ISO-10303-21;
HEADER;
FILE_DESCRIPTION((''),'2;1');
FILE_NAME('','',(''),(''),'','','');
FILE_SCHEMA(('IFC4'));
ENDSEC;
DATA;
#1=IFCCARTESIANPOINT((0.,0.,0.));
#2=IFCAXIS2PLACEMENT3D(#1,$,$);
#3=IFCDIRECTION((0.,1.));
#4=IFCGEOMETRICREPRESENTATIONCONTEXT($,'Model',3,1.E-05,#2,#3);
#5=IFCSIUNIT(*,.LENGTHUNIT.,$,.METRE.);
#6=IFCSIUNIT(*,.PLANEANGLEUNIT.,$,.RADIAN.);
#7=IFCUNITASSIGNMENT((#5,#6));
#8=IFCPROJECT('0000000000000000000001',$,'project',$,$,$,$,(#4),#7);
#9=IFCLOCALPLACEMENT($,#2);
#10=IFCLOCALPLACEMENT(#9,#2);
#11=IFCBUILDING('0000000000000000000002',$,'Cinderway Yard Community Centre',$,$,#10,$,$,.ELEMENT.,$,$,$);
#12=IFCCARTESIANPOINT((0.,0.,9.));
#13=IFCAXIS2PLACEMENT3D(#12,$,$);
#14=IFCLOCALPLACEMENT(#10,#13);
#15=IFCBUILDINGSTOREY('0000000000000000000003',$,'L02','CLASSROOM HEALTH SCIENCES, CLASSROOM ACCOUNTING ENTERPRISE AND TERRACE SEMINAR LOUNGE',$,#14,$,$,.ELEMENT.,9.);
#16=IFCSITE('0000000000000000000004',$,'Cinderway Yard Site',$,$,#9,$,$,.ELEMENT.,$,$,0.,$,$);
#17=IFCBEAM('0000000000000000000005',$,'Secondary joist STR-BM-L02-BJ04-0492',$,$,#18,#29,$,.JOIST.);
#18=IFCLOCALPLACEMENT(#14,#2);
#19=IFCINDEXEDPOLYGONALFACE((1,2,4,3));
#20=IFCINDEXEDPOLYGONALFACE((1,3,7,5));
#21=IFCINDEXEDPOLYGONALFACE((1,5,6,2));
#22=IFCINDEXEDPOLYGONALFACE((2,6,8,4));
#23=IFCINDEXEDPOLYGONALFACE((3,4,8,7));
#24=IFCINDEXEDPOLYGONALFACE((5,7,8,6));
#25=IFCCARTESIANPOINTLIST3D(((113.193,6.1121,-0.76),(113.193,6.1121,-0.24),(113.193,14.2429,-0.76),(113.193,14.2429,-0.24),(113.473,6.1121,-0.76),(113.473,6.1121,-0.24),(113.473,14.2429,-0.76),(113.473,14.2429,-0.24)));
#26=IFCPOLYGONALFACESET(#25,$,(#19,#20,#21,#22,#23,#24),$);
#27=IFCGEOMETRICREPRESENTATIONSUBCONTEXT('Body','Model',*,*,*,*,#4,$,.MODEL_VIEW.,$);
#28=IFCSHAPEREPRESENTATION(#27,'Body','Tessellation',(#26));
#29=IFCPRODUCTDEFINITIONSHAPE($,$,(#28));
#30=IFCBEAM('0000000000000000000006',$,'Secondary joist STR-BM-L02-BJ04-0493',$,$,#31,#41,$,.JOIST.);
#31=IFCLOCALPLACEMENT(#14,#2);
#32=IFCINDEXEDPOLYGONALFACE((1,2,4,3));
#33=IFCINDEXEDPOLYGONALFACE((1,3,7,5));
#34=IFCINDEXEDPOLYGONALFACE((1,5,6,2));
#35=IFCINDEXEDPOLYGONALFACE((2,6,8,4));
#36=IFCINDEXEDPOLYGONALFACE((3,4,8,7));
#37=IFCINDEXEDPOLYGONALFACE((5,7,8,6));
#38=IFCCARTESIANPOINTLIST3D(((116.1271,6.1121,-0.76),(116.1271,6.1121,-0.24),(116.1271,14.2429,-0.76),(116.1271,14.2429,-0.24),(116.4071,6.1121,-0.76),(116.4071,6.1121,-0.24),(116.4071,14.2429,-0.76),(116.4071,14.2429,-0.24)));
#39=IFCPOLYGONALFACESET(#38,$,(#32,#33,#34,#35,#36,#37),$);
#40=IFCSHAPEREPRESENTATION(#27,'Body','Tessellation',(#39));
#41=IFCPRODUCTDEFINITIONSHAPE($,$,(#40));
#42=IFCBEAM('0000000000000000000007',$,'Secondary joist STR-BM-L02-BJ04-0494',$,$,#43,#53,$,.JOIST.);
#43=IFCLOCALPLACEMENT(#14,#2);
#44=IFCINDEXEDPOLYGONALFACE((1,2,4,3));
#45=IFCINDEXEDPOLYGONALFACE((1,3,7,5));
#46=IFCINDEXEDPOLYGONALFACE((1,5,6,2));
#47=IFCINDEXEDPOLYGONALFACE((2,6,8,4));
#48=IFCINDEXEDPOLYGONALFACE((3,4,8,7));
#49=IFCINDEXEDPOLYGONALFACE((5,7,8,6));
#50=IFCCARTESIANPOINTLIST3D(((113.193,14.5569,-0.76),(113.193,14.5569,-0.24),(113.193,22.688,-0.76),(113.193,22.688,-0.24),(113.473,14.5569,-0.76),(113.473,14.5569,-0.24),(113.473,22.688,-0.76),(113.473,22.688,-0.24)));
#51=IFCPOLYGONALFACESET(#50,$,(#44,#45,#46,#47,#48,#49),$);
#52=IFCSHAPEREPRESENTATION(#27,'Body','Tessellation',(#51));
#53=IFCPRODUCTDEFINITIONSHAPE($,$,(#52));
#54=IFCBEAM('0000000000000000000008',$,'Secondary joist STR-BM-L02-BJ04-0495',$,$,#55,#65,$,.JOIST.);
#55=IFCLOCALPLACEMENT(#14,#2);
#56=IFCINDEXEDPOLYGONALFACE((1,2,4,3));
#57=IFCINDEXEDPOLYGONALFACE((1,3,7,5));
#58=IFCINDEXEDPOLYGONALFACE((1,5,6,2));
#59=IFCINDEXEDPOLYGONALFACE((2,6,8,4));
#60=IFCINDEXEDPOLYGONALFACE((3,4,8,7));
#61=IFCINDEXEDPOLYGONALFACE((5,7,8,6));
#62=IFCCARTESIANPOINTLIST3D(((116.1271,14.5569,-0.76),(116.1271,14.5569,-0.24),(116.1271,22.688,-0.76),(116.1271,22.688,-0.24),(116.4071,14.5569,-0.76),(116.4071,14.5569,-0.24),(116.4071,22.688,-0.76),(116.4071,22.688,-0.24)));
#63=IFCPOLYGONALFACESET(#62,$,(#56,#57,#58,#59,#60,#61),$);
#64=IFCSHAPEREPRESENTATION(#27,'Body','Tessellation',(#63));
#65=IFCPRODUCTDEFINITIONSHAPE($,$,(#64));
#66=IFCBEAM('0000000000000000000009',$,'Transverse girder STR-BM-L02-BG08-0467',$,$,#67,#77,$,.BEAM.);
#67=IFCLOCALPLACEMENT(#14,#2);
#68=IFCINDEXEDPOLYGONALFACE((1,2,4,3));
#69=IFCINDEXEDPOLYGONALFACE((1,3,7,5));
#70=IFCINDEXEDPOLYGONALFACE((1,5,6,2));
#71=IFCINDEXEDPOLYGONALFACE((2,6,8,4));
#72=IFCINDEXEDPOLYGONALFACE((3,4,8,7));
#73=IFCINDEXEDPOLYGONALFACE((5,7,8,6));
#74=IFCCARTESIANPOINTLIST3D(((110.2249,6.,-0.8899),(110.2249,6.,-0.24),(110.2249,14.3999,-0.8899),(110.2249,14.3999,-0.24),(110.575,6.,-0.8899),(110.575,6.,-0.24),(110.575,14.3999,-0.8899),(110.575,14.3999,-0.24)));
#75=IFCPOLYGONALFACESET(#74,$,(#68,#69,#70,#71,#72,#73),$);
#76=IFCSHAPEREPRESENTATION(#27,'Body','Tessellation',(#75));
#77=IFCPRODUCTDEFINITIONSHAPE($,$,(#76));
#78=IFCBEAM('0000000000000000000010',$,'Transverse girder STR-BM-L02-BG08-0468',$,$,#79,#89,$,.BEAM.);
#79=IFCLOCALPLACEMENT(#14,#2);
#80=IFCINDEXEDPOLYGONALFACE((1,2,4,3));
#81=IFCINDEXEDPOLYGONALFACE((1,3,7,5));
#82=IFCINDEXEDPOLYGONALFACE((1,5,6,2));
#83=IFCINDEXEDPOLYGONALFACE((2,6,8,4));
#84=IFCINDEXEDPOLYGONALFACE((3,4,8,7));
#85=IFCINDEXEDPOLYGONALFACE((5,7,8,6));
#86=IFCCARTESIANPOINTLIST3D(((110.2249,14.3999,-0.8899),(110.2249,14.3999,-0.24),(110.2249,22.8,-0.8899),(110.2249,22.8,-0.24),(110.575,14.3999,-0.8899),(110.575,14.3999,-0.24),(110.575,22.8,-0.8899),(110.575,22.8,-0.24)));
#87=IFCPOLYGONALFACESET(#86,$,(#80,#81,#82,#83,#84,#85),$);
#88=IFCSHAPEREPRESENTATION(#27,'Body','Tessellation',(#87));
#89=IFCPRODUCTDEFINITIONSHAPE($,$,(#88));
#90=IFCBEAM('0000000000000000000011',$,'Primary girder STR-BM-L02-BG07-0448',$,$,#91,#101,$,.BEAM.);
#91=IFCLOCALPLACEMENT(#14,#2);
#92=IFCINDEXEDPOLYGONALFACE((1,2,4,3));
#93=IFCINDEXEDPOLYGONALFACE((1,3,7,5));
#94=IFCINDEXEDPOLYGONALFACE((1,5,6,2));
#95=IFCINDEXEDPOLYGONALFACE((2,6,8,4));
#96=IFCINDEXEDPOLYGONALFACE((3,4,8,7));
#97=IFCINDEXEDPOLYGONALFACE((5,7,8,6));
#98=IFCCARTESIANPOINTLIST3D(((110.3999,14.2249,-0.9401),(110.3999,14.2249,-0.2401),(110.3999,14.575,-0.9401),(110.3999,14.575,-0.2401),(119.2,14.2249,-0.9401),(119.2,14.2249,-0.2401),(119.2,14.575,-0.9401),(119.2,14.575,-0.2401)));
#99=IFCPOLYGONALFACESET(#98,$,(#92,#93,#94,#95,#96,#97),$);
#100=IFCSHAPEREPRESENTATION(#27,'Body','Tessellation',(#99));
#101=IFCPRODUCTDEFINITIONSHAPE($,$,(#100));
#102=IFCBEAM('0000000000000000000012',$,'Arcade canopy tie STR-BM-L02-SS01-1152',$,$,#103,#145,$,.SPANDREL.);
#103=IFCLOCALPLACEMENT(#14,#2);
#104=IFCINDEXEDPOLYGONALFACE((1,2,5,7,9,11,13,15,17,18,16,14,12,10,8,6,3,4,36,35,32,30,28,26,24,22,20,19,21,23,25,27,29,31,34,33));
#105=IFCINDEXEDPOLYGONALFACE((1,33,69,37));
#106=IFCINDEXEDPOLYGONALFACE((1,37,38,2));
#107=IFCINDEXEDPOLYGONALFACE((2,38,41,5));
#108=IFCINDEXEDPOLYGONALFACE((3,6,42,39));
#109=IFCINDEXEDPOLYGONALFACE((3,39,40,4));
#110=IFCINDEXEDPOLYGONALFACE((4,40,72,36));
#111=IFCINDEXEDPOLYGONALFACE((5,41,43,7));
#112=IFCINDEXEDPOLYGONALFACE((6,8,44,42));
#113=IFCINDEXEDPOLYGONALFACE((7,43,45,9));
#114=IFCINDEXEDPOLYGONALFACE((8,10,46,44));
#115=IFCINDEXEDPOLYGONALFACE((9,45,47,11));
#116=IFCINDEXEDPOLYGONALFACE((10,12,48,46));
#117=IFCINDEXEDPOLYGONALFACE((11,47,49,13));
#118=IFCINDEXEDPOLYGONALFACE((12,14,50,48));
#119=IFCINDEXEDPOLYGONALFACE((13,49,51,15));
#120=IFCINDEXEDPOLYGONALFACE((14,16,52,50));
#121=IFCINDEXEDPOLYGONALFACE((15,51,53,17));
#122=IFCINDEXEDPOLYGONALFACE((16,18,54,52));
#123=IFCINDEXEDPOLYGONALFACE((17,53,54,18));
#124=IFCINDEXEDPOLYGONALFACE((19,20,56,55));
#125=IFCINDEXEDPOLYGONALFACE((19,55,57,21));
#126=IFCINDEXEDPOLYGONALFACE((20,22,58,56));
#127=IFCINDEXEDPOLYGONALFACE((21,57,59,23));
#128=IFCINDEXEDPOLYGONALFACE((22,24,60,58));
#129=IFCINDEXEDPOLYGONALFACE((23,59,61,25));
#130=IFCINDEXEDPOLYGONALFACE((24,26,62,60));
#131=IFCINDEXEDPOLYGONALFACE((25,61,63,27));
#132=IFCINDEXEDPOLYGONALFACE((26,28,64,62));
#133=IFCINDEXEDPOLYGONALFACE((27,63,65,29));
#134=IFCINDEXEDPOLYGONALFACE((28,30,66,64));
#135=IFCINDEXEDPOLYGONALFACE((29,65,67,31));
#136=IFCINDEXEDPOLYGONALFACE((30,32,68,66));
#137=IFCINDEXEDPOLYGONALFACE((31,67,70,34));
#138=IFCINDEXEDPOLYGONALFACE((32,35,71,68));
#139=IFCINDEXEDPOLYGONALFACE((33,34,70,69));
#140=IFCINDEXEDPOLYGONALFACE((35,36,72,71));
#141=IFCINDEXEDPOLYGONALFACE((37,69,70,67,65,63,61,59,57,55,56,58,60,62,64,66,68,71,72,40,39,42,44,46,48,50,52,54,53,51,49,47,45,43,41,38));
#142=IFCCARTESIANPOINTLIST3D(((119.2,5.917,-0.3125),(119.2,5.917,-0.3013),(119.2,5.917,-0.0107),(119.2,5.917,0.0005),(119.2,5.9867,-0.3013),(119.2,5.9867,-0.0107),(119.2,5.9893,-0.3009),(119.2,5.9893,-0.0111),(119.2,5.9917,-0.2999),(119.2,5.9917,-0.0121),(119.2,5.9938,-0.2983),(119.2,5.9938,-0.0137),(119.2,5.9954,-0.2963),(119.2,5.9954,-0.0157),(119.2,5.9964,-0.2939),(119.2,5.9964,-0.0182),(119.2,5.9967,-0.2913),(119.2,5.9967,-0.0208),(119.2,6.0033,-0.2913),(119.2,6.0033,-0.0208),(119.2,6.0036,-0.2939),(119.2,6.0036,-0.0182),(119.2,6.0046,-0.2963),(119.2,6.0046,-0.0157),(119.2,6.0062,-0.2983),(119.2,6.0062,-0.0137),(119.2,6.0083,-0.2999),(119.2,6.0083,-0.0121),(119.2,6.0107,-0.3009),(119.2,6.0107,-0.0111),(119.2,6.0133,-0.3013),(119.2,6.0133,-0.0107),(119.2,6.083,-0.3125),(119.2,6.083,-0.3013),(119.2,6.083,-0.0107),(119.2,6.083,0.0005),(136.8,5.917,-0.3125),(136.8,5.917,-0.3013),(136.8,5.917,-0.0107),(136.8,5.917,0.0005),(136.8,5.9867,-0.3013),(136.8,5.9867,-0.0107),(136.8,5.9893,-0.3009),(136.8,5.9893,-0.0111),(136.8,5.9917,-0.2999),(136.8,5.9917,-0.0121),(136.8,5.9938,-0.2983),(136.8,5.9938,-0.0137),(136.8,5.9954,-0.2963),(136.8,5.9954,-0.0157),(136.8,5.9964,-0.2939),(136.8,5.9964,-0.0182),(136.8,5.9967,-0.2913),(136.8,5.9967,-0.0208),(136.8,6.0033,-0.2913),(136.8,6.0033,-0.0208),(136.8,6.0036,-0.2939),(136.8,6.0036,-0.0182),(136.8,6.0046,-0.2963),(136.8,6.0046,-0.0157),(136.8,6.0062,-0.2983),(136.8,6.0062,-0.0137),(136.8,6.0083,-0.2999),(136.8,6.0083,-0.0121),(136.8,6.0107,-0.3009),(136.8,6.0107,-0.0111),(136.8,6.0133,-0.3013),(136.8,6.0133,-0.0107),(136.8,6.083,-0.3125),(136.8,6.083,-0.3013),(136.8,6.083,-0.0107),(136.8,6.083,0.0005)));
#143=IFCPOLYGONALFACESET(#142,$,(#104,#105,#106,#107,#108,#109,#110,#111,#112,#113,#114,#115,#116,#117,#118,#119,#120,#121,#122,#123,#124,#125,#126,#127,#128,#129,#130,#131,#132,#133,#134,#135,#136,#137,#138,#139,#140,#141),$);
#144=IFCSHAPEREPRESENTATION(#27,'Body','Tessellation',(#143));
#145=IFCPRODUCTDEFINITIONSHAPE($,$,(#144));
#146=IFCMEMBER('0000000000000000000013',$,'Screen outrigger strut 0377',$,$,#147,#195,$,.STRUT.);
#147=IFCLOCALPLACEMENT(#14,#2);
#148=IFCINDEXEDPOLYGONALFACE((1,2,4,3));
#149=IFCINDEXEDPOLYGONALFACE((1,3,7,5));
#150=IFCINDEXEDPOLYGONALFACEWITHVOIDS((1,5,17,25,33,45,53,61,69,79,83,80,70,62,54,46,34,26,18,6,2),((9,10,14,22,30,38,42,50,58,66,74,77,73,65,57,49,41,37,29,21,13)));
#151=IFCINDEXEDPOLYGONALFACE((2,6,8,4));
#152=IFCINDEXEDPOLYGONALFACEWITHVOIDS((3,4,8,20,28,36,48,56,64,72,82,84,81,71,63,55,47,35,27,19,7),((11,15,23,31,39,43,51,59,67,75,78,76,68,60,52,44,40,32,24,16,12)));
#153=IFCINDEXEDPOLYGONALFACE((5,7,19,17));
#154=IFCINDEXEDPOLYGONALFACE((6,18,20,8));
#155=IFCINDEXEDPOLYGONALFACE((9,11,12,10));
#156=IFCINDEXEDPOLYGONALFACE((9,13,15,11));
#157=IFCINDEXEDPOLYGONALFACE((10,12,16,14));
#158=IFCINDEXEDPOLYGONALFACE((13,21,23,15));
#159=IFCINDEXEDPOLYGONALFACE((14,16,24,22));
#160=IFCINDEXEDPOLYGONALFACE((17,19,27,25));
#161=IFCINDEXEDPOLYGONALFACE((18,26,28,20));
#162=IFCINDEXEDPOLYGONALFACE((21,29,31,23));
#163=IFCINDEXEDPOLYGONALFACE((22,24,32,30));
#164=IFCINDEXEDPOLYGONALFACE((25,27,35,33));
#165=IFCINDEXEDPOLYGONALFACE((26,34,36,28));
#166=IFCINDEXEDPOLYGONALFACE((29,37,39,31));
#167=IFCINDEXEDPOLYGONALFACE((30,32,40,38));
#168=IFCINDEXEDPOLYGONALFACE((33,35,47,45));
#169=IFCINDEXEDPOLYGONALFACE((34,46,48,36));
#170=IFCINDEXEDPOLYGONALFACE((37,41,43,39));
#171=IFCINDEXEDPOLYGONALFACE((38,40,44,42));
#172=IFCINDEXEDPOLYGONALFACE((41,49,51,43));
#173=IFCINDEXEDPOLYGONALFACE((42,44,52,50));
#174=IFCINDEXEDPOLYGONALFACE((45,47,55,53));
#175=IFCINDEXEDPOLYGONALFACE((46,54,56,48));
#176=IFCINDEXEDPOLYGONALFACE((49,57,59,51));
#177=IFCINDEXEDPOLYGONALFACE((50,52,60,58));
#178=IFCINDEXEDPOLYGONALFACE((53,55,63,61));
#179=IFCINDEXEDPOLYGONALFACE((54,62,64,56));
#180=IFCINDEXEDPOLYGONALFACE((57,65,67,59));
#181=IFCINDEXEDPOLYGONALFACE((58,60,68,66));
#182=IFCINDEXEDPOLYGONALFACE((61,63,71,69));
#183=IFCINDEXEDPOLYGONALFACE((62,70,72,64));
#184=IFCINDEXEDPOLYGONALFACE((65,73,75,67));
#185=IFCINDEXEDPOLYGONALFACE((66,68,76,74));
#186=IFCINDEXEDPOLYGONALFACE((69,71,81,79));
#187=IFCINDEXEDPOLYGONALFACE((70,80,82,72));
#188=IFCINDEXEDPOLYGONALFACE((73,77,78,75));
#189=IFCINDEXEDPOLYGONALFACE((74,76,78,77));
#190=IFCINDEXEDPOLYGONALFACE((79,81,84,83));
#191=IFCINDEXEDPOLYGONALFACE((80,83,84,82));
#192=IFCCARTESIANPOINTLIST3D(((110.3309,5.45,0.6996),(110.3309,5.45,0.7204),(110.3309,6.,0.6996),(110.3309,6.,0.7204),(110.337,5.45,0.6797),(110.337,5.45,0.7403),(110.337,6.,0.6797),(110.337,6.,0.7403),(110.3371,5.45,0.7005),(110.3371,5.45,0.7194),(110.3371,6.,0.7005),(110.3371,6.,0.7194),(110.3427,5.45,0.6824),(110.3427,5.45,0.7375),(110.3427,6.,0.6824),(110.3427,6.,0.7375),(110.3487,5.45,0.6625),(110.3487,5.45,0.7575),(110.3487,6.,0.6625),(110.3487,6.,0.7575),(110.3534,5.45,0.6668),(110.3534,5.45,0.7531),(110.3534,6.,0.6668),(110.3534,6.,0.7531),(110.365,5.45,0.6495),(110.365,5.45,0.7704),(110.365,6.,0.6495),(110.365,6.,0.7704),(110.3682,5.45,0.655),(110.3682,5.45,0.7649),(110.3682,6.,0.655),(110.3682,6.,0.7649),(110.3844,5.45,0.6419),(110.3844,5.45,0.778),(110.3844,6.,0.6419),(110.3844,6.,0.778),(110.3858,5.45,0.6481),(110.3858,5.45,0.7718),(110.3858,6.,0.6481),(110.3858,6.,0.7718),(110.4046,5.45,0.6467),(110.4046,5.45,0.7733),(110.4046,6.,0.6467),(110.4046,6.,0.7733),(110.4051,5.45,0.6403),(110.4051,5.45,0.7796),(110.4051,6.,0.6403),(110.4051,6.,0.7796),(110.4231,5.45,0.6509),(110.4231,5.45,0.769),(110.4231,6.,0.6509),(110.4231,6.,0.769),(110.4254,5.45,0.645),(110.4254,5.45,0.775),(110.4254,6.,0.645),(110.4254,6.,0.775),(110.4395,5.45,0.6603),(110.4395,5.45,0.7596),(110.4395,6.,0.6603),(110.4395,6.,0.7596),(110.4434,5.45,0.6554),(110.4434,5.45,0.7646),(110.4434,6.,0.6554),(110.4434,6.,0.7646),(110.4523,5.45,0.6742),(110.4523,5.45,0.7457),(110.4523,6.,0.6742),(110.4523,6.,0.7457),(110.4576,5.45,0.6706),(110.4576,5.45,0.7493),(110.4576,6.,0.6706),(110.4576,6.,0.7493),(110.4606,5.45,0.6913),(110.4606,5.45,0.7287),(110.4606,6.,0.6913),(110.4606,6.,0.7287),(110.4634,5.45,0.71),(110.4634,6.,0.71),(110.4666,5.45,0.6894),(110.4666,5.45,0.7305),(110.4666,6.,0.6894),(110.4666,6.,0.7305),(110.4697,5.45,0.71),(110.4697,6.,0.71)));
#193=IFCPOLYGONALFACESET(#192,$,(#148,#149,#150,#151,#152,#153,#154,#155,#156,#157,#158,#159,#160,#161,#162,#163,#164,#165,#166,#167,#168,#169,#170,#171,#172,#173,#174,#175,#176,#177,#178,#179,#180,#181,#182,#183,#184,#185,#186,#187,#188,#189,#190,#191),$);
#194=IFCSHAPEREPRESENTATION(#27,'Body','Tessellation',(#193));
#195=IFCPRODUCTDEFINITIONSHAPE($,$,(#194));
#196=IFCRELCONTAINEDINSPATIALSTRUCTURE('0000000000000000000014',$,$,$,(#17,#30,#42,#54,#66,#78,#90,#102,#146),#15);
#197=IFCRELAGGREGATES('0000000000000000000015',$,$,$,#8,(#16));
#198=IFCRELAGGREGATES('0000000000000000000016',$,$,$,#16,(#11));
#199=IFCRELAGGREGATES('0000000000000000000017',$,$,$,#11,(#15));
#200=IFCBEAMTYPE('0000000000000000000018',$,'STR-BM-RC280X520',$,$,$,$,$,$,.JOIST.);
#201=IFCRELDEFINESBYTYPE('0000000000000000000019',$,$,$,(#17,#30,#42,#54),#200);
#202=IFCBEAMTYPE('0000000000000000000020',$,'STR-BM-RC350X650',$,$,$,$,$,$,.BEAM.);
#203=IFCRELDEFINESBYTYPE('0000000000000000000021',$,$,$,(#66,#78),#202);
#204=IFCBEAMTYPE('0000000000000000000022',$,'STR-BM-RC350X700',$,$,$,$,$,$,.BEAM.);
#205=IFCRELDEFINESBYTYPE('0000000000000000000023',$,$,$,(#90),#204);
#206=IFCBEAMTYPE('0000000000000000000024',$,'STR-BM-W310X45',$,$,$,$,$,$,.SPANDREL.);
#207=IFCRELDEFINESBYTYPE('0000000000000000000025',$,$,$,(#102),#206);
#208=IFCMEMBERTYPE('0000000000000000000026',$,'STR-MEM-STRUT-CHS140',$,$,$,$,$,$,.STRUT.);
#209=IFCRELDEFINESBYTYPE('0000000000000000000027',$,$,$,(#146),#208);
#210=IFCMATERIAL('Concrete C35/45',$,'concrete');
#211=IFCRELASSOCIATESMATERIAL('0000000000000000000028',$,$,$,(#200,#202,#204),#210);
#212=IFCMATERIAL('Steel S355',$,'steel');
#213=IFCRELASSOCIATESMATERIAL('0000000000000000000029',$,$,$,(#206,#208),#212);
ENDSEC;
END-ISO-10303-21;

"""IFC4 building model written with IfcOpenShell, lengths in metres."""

from ifc_helpers import new_model, si_unit, direction, frame, origin, origin_2d, place, context, subcontext, project, spatial, rectangle, hollow_circle, i_section, extrude, material, material_profile, profile_set, type_object, element, save


model = new_model("IFC4")

# Units and contexts
model_context = context("Model", 3, precision=1e-05, world=origin(), true_north=direction((0.0, 1.0)))
body_context = subcontext(model_context, "Body", "Model", "MODEL_VIEW")
ifc_project = project(units=[si_unit("LENGTHUNIT", "METRE"), si_unit("PLANEANGLEUNIT", "RADIAN")], contexts=[model_context])

# Site, building, storey
site_placement = place(None, origin())
site = spatial("IfcSite", under=ifc_project, at=site_placement, Name="Cinderway Yard Site", CompositionType="ELEMENT", RefElevation=0.0)
building_placement = place(site_placement, origin())
building = spatial("IfcBuilding", under=site, at=building_placement, Name="Cinderway Yard Community Centre", CompositionType="ELEMENT")
storey_placement = place(building_placement, frame((0.0, 0.0, 9.0)))
storey = spatial("IfcBuildingStorey", under=building, at=storey_placement, Name="L02", Description="CLASSROOM HEALTH SCIENCES, CLASSROOM ACCOUNTING ENTERPRISE AND TERRACE SEMINAR LOUNGE", CompositionType="ELEMENT", Elevation=9.0)

# Shared definitions
ifc_material_1 = material(Name="Steel S355", Category="steel")

# Beams
ifc_material_2 = material(Name="Concrete C35/45", Category="concrete")
ifc_material_profile_1 = material_profile(ifc_material_2, rectangle(XDim=0.28, YDim=0.52, at=origin_2d()), Name="Concrete C35/45")
ifc_profile_set_1 = profile_set([ifc_material_profile_1], Name="Concrete C35/45")
beam_type_1 = type_object("IfcBeamType", Name="STR-BM-RC280X520", PredefinedType="JOIST", material=ifc_profile_set_1)
for number, where, z_axis, x_axis, name in (
    (1, (113.333, 6.1121, -0.5), (0.0, 1.0, 0.0), (-1.0, 0.0, 0.0), "Secondary joist STR-BM-L02-BJ04-0492"),
    (2, (116.2671, 6.1121, -0.5), (0.0, 1.0, 0.0), (-1.0, 0.0, 0.0), "Secondary joist STR-BM-L02-BJ04-0493"),
):
    element("IfcBeam", number, at=place(storey_placement, frame(where, z_axis=z_axis, x_axis=x_axis)), inside=storey, type_object=beam_type_1, Name=name, PredefinedType="JOIST", context=body_context, shape_type="SweptSolid", body=[
        extrude(rectangle(XDim=0.28, YDim=0.52, at=origin_2d()), origin(), (0.0, 0.0, 1.0), 8.1309),
    ])
for number, where, z_axis, x_axis, name in (
    (3, (113.333, 14.5569, -0.5), (0.0, 1.0, 0.0), (-1.0, 0.0, 0.0), "Secondary joist STR-BM-L02-BJ04-0494"),
    (4, (116.2671, 14.5569, -0.5), (0.0, 1.0, 0.0), (-1.0, 0.0, 0.0), "Secondary joist STR-BM-L02-BJ04-0495"),
):
    element("IfcBeam", number, at=place(storey_placement, frame(where, z_axis=z_axis, x_axis=x_axis)), inside=storey, type_object=beam_type_1, Name=name, PredefinedType="JOIST", context=body_context, shape_type="SweptSolid", body=[
        extrude(rectangle(XDim=0.28, YDim=0.52, at=origin_2d()), origin(), (0.0, 0.0, 1.0), 8.1311),
    ])
ifc_material_profile_2 = material_profile(ifc_material_2, rectangle(XDim=0.3501, YDim=0.6499, at=origin_2d()), Name="Concrete C35/45")
ifc_profile_set_2 = profile_set([ifc_material_profile_2], Name="Concrete C35/45")
beam_type_2 = type_object("IfcBeamType", Name="STR-BM-RC350X650", PredefinedType="BEAM", material=ifc_profile_set_2)
beam_1_placement = place(storey_placement, frame((110.3999, 6.0, -0.5649), z_axis=(0.0, 1.0, 0.0), x_axis=(-1.0, 0.0, 0.0)))
element("IfcBeam", 5, at=beam_1_placement, inside=storey, type_object=beam_type_2, Name="Transverse girder STR-BM-L02-BG08-0467", PredefinedType="BEAM", context=body_context, shape_type="SweptSolid", body=[
    extrude(rectangle(XDim=0.3501, YDim=0.6499, at=origin_2d()), origin(), (0.0, 0.0, 1.0), 8.3999),
])
beam_2_placement = place(storey_placement, frame((110.3999, 14.3999, -0.5649), z_axis=(0.0, 1.0, 0.0), x_axis=(-1.0, 0.0, 0.0)))
element("IfcBeam", 6, at=beam_2_placement, inside=storey, type_object=beam_type_2, Name="Transverse girder STR-BM-L02-BG08-0468", PredefinedType="BEAM", context=body_context, shape_type="SweptSolid", body=[
    extrude(rectangle(XDim=0.3501, YDim=0.6499, at=origin_2d()), origin(), (0.0, 0.0, 1.0), 8.4001),
])
ifc_material_profile_3 = material_profile(ifc_material_2, rectangle(XDim=0.3501, YDim=0.7, at=origin_2d()), Name="Concrete C35/45")
ifc_profile_set_3 = profile_set([ifc_material_profile_3], Name="Concrete C35/45")
beam_type_3 = type_object("IfcBeamType", Name="STR-BM-RC350X700", PredefinedType="BEAM", material=ifc_profile_set_3)
beam_3_placement = place(storey_placement, frame((110.3999, 14.3999, -0.5901), z_axis=(1.0, 0.0, 0.0), x_axis=(0.0, 1.0, 0.0)))
element("IfcBeam", 7, at=beam_3_placement, inside=storey, type_object=beam_type_3, Name="Primary girder STR-BM-L02-BG07-0448", PredefinedType="BEAM", context=body_context, shape_type="SweptSolid", body=[
    extrude(rectangle(XDim=0.3501, YDim=0.7, at=origin_2d()), origin(), (0.0, 0.0, 1.0), 8.8),
])
ifc_material_profile_4 = material_profile(ifc_material_1, i_section(OverallWidth=0.166, OverallDepth=0.313, WebThickness=0.0066, FlangeThickness=0.0112, FilletRadius=0.01, at=origin_2d()), Name="Steel S355")
ifc_profile_set_4 = profile_set([ifc_material_profile_4], Name="Steel S355")
beam_type_4 = type_object("IfcBeamType", Name="STR-BM-W310X45", PredefinedType="SPANDREL", material=ifc_profile_set_4)
beam_4_placement = place(storey_placement, frame((119.2, 6.0, -0.156), z_axis=(1.0, 0.0, 0.0), x_axis=(0.0, 1.0, 0.0)))
element("IfcBeam", 8, at=beam_4_placement, inside=storey, type_object=beam_type_4, Name="Arcade canopy tie STR-BM-L02-SS01-1152", PredefinedType="SPANDREL", context=body_context, shape_type="SweptSolid", body=[
    extrude(i_section(OverallWidth=0.166, OverallDepth=0.313, WebThickness=0.0066, FlangeThickness=0.0112, FilletRadius=0.01, at=origin_2d()), origin(), (0.0, 0.0, 1.0), 17.6001),
])

# Member
ifc_material_profile_5 = material_profile(ifc_material_1, hollow_circle(Radius=0.0698, WallThickness=0.0063, at=origin_2d()), Name="Steel S355")
ifc_profile_set_5 = profile_set([ifc_material_profile_5], Name="Steel S355")
member_type_1 = type_object("IfcMemberType", Name="STR-MEM-STRUT-CHS140", PredefinedType="STRUT", material=ifc_profile_set_5)
for number, where, z_axis, x_axis, name in (
    (9, (110.3999, 6.0, 0.71), (0.0, -1.0, 0.0), (1.0, 0.0, 0.0), "Screen outrigger strut 0377"),
):
    element("IfcMember", number, at=place(storey_placement, frame(where, z_axis=z_axis, x_axis=x_axis)), inside=storey, type_object=member_type_1, Name=name, PredefinedType="STRUT", context=body_context, shape_type="SweptSolid", body=[
        extrude(hollow_circle(Radius=0.0698, WallThickness=0.0063, at=origin_2d()), origin(), (0.0, 0.0, 1.0), 0.55),
    ])

save(model, "model.ifc")
